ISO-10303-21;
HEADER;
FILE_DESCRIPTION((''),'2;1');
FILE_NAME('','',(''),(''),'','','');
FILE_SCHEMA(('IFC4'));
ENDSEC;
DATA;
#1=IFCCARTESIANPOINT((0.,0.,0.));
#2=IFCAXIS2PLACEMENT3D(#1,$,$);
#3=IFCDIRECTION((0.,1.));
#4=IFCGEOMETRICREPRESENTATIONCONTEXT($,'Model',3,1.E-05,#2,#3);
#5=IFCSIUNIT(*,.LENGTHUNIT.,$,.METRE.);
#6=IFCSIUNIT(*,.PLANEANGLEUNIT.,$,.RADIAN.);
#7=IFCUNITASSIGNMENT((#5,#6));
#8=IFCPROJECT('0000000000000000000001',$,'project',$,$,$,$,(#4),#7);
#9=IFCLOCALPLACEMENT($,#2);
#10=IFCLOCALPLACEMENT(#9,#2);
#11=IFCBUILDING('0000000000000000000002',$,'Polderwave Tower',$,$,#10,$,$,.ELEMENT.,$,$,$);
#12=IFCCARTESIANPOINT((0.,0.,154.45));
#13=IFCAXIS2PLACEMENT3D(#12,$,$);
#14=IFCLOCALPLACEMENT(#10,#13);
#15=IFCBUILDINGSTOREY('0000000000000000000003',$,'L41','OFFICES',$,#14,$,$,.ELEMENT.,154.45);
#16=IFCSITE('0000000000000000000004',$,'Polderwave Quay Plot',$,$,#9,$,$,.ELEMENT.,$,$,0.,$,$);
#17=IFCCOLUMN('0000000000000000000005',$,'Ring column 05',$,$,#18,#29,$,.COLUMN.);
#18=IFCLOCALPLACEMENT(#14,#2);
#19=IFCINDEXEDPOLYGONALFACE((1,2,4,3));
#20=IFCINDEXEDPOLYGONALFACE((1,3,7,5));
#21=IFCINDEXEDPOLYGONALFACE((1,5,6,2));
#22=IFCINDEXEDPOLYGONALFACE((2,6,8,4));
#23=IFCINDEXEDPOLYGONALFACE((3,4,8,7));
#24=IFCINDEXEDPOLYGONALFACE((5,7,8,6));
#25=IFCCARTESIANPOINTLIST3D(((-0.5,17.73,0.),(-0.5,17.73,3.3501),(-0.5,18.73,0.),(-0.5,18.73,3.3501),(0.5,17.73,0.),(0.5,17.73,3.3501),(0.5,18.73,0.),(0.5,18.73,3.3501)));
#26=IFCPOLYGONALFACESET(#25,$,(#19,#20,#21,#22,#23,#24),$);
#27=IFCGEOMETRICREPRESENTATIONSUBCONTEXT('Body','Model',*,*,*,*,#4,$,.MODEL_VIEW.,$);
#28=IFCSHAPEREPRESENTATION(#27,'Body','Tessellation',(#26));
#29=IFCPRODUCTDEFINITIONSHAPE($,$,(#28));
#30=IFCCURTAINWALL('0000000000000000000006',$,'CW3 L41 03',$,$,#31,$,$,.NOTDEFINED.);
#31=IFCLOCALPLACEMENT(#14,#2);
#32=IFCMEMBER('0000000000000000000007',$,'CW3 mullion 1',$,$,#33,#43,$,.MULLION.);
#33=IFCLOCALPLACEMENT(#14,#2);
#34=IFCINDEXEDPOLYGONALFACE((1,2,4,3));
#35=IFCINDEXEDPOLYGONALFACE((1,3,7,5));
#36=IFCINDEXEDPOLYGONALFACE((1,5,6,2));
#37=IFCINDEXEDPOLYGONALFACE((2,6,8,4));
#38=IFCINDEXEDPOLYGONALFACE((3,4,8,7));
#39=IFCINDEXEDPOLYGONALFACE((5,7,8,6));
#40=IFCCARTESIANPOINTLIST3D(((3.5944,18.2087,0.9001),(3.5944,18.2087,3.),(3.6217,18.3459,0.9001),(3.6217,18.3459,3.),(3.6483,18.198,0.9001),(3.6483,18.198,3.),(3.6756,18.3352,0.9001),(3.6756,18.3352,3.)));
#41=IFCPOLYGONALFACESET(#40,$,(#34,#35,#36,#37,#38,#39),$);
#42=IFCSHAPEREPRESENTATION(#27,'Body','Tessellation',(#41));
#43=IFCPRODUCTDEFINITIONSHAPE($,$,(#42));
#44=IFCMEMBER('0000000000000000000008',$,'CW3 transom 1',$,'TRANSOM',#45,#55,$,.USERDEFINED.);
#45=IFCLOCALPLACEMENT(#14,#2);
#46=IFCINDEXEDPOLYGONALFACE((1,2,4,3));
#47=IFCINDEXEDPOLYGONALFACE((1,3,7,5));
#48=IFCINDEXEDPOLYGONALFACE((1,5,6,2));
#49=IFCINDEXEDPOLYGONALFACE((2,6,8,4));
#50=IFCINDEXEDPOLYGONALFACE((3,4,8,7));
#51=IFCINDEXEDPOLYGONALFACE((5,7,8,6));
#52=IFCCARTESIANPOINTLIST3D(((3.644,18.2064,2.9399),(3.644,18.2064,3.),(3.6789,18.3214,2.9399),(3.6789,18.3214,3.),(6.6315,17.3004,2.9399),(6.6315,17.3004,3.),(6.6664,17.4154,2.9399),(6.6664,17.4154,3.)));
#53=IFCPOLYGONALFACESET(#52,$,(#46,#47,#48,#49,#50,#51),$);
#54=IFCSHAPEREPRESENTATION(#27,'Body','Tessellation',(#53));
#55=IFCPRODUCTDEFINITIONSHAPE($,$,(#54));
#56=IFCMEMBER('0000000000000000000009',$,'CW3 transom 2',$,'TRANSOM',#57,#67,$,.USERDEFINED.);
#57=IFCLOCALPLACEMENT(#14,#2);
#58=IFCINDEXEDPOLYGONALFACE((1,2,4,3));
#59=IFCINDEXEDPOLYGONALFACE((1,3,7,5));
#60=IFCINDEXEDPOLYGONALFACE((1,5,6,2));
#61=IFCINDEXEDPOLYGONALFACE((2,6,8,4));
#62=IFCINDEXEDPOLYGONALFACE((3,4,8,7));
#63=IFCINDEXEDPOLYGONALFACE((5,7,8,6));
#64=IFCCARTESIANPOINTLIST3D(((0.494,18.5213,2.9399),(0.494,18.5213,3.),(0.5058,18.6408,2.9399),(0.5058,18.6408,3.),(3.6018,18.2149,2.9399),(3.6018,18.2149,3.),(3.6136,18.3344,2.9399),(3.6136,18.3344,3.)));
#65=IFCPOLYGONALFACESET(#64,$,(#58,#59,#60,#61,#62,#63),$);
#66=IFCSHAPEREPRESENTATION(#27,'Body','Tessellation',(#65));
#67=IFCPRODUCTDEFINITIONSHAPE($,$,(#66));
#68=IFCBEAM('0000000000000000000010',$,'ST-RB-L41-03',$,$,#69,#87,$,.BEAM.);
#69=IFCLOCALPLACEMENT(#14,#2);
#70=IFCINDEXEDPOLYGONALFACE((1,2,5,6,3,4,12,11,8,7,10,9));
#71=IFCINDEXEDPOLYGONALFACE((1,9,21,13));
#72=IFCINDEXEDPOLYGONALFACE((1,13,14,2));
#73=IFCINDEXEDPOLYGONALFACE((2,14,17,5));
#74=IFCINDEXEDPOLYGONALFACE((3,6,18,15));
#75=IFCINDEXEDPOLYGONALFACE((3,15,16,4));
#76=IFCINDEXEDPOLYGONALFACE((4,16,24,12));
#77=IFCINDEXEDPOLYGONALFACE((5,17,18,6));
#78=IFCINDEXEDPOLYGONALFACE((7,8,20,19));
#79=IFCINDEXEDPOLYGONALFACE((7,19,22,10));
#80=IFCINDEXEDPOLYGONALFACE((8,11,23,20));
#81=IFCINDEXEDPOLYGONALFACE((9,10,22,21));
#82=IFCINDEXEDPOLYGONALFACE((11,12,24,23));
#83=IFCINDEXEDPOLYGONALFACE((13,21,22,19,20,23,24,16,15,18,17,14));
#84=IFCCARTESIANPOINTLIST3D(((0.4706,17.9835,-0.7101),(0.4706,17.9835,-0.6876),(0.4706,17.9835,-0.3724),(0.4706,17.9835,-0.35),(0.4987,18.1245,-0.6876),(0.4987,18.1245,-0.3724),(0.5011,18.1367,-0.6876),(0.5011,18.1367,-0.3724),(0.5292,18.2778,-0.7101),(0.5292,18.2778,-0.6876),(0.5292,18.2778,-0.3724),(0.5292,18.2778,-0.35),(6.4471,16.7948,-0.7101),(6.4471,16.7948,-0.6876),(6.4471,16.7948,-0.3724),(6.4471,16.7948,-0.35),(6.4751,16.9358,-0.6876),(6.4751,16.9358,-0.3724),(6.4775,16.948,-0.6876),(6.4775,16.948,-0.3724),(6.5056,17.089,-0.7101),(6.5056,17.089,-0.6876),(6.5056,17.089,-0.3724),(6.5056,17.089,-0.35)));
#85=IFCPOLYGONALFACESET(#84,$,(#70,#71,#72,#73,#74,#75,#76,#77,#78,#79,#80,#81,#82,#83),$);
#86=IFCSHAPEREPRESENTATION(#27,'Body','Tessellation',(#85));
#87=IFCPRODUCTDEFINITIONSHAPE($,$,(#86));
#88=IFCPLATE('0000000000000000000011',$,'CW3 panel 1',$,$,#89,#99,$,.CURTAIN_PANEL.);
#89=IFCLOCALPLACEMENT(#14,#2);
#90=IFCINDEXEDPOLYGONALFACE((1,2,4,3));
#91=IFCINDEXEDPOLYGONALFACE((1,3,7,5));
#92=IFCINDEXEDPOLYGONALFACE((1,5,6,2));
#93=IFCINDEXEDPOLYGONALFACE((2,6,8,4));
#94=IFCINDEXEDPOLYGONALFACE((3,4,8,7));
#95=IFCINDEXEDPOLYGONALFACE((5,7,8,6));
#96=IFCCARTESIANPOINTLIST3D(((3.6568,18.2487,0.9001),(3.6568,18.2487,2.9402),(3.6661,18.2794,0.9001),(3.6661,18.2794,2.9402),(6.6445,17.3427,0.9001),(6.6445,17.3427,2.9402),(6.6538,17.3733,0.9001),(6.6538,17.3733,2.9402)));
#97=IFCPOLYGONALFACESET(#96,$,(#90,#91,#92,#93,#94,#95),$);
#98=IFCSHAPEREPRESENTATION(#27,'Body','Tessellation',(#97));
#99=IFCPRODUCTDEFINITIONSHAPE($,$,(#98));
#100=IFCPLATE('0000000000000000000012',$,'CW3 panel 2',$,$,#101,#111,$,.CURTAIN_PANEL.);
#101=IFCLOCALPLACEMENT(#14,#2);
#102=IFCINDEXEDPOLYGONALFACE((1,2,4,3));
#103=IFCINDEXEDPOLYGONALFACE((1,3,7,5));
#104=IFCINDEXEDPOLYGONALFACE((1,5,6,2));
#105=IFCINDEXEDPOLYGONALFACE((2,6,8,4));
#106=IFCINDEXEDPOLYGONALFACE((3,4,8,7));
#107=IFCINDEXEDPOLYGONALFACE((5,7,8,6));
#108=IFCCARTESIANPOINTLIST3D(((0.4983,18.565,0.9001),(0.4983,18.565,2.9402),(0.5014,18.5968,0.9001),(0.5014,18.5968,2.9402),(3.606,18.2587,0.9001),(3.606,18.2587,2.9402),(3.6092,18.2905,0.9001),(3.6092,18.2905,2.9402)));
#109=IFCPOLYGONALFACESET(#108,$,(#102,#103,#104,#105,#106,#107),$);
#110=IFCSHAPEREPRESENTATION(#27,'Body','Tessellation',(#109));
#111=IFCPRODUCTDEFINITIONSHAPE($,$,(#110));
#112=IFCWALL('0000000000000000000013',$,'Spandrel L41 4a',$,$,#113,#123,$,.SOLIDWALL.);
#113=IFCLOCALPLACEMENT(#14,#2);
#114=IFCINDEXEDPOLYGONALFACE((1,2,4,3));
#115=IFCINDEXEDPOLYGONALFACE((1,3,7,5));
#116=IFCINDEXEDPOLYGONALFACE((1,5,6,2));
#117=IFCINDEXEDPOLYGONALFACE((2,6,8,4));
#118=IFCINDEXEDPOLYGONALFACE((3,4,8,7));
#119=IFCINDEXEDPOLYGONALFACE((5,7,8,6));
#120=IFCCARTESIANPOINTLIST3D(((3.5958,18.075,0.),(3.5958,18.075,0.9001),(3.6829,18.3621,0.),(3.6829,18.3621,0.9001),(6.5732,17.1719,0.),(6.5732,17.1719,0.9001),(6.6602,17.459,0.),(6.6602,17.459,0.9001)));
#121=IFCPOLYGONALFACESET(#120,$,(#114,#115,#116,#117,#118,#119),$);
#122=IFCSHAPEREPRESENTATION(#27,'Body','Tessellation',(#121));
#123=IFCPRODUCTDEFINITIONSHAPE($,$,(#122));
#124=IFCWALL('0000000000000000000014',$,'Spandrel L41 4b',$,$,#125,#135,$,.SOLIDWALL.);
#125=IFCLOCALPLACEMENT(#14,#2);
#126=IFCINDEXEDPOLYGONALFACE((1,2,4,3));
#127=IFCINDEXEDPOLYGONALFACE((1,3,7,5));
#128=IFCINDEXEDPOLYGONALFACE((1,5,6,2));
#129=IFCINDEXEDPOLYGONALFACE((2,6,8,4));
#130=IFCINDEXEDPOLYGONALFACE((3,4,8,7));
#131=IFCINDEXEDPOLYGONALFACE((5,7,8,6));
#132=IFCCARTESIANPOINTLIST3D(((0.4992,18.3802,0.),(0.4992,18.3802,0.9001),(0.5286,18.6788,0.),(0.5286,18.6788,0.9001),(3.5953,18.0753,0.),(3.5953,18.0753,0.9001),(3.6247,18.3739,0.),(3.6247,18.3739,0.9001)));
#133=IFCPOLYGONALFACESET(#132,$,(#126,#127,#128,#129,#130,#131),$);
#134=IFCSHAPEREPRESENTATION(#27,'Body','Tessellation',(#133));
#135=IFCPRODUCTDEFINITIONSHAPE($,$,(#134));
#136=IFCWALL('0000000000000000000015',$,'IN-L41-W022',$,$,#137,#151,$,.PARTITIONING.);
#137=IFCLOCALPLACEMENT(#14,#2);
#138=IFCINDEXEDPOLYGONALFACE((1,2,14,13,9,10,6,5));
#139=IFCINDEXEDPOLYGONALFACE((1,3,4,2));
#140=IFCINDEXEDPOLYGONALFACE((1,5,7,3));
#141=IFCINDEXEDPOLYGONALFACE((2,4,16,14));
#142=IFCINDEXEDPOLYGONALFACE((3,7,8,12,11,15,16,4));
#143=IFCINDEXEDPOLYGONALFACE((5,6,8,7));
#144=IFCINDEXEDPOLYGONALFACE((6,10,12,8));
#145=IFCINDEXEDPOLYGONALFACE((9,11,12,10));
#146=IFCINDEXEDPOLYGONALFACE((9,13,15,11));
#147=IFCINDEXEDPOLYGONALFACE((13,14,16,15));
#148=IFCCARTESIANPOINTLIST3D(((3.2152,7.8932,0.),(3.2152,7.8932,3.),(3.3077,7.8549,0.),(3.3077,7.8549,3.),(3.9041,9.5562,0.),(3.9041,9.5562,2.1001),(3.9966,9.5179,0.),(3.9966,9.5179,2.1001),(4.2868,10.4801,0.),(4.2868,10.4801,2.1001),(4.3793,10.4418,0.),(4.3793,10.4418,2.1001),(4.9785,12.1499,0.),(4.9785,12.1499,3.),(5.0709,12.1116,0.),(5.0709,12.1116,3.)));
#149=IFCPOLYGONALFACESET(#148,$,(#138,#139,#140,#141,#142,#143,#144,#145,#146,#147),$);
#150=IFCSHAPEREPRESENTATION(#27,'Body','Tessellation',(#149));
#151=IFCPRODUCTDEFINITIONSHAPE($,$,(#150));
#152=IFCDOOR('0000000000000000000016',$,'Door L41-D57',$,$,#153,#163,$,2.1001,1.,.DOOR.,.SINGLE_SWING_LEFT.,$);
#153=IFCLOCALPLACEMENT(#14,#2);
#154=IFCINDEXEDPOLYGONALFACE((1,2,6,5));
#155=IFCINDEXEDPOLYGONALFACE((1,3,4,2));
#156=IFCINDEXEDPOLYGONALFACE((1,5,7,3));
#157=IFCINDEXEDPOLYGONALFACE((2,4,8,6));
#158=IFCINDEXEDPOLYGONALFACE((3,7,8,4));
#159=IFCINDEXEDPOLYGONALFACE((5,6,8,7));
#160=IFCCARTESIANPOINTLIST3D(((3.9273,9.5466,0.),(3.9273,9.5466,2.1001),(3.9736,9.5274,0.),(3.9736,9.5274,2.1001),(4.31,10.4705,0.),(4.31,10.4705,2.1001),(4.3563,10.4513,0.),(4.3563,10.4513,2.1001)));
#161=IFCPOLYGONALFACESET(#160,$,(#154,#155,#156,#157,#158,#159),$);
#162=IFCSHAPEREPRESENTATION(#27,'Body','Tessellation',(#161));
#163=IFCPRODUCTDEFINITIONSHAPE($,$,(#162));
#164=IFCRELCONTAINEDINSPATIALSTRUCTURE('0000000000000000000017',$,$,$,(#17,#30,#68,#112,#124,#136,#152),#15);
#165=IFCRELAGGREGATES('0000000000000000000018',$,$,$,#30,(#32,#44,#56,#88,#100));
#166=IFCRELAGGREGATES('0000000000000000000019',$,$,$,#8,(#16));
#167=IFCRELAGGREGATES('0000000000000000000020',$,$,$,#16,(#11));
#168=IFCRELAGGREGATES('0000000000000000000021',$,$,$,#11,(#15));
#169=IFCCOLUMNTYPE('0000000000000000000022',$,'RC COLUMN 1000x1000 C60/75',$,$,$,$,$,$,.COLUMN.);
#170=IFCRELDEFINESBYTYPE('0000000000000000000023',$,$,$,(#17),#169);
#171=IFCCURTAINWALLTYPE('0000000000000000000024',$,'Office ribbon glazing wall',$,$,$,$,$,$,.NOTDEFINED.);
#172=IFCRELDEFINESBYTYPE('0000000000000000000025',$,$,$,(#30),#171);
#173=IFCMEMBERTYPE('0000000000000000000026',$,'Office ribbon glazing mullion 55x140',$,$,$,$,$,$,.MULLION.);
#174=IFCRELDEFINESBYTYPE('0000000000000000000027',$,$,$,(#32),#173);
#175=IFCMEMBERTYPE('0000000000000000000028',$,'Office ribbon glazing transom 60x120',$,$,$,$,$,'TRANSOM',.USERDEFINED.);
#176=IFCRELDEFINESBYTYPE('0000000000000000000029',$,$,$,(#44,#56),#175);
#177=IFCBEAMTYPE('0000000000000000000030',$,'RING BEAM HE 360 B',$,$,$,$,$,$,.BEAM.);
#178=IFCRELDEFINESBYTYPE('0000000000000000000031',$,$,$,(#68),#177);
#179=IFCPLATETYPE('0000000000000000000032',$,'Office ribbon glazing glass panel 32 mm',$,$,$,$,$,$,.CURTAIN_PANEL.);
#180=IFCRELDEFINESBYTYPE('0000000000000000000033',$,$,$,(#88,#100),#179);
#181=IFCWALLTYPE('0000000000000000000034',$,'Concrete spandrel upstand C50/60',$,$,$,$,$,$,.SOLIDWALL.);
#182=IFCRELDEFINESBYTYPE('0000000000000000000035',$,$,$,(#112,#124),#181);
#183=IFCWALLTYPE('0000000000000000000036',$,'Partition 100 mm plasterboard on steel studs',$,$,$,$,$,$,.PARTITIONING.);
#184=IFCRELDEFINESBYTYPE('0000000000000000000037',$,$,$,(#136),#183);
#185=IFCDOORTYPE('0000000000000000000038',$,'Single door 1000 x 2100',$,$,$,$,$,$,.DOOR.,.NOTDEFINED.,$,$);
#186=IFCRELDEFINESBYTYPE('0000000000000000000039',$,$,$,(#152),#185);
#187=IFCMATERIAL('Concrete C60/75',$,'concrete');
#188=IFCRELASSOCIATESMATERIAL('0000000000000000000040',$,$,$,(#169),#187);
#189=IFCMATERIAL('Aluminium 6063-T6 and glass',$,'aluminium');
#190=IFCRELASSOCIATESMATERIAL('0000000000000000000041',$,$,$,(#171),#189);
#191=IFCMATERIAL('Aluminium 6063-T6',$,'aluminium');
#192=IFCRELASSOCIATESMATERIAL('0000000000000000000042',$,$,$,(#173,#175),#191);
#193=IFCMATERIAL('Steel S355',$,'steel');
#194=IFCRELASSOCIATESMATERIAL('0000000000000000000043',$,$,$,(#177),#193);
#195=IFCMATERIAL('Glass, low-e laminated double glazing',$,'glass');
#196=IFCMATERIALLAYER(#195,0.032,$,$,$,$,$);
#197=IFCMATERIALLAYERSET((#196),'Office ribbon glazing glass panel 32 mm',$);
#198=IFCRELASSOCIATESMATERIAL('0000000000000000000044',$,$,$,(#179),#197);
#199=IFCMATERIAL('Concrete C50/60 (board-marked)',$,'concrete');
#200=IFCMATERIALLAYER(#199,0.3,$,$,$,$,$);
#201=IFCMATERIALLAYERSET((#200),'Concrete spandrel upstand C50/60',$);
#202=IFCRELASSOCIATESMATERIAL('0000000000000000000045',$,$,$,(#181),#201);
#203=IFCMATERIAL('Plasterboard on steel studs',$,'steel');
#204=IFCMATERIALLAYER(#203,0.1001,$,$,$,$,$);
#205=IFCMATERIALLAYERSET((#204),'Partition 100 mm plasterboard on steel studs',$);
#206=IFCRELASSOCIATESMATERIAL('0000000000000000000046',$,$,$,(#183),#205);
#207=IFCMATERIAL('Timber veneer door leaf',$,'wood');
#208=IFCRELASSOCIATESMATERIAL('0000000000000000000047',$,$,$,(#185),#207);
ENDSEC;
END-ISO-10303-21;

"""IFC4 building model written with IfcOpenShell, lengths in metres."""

from ifc_helpers import new_model, si_unit, direction, frame, frame_2d, origin, origin_2d, place, context, subcontext, project, spatial, rectangle, i_section, extrude, material, layer, layer_set, material_profile, profile_set, type_object, element, fill, aggregate, save


model = new_model("IFC4")

# Units and contexts
model_context = context("Model", 3, precision=1e-05, world=origin(), true_north=direction((0.0, 1.0)))
body_context = subcontext(model_context, "Body", "Model", "MODEL_VIEW")
ifc_project = project(units=[si_unit("LENGTHUNIT", "METRE"), si_unit("PLANEANGLEUNIT", "RADIAN")], contexts=[model_context])

# Site, building, storey
site_placement = place(None, origin())
site = spatial("IfcSite", under=ifc_project, at=site_placement, Name="Polderwave Quay Plot", CompositionType="ELEMENT", RefElevation=0.0)
building_placement = place(site_placement, origin())
building = spatial("IfcBuilding", under=site, at=building_placement, Name="Polderwave Tower", CompositionType="ELEMENT")
storey_placement = place(building_placement, frame((0.0, 0.0, 154.45)))
storey = spatial("IfcBuildingStorey", under=building, at=storey_placement, Name="L41", Description="OFFICES", CompositionType="ELEMENT", Elevation=154.45)

# Column
ifc_material_1 = material(Name="Concrete C60/75", Category="concrete")
ifc_material_profile_1 = material_profile(ifc_material_1, rectangle(XDim=1.0, YDim=1.0, at=origin_2d()), Name="RC 1000x1000")
ifc_profile_set_1 = profile_set([ifc_material_profile_1], Name="Concrete C60/75")
column_type = type_object("IfcColumnType", Name="RC COLUMN 1000x1000 C60/75", PredefinedType="COLUMN", material=ifc_profile_set_1)
column_placement = place(storey_placement, frame((0.0, 18.23, 0.0), z_axis=(0.0, 0.0, 1.0), x_axis=(0.0, 1.0, 0.0)))
element("IfcColumn", 1, at=column_placement, inside=storey, type_object=column_type, Name="Ring column 05", PredefinedType="COLUMN", context=body_context, shape_type="SweptSolid", body=[
    extrude(rectangle(XDim=1.0, YDim=1.0, at=origin_2d()), origin(), (0.0, 0.0, 1.0), 3.3501),
])

# Curtain wall, members
ifc_material_2 = material(Name="Aluminium 6063-T6 and glass", Category="aluminium")
curtain_wall_type = type_object("IfcCurtainWallType", Name="Office ribbon glazing wall", PredefinedType="NOTDEFINED", material=ifc_material_2)
curtain_wall_placement = place(storey_placement, origin())
curtain_wall = element("IfcCurtainWall", 2, at=curtain_wall_placement, inside=storey, type_object=curtain_wall_type, Name="CW3 L41 03", PredefinedType="NOTDEFINED")
ifc_material_3 = material(Name="Aluminium 6063-T6", Category="aluminium")
ifc_material_profile_2 = material_profile(ifc_material_3, rectangle(XDim=0.1399, YDim=0.0549, at=origin_2d()), Name="AL 55x140")
ifc_profile_set_2 = profile_set([ifc_material_profile_2], Name="Aluminium 6063-T6")
member_type_1 = type_object("IfcMemberType", Name="Office ribbon glazing mullion 55x140", PredefinedType="MULLION", material=ifc_profile_set_2)
member_1_placement = place(storey_placement, frame((3.635, 18.272, 0.9001), z_axis=(0.0, 0.0, 1.0), x_axis=(-0.195083, -0.980787, 0.0)))
member_1 = element("IfcMember", 3, at=member_1_placement, type_object=member_type_1, Name="CW3 mullion 1", PredefinedType="MULLION", context=body_context, shape_type="SweptSolid", body=[
    extrude(rectangle(XDim=0.1399, YDim=0.0549, at=origin_2d()), origin(), (0.0, 0.0, 1.0), 2.0999),
])
ifc_material_profile_3 = material_profile(ifc_material_3, rectangle(XDim=0.1201, YDim=0.0601, at=origin_2d()), Name="AL 60x120")
ifc_profile_set_3 = profile_set([ifc_material_profile_3], Name="Aluminium 6063-T6")
member_type_2 = type_object("IfcMemberType", Name="Office ribbon glazing transom 60x120", ElementType="TRANSOM", PredefinedType="USERDEFINED", material=ifc_profile_set_3)
member_2_placement = place(storey_placement, frame((6.6489, 17.3579, 2.97), z_axis=(-0.956963, 0.290209, 0.0), x_axis=(-0.290209, -0.956963, 0.0)))
member_2 = element("IfcMember", 4, at=member_2_placement, type_object=member_type_2, Name="CW3 transom 1", ObjectType="TRANSOM", PredefinedType="USERDEFINED", context=body_context, shape_type="SweptSolid", body=[
    extrude(rectangle(XDim=0.1201, YDim=0.0601, at=origin_2d()), origin(), (0.0, 0.0, 1.0), 3.1218),
])
member_3_placement = place(storey_placement, frame((3.6077, 18.2747, 2.97), z_axis=(-0.995175, 0.098118, 0.0), x_axis=(-0.098118, -0.995175, 0.0)))
member_3 = element("IfcMember", 5, at=member_3_placement, type_object=member_type_2, Name="CW3 transom 2", ObjectType="TRANSOM", PredefinedType="USERDEFINED", context=body_context, shape_type="SweptSolid", body=[
    extrude(rectangle(XDim=0.1201, YDim=0.0601, at=origin_2d()), origin(), (0.0, 0.0, 1.0), 3.1228),
])

# Beam
ifc_material_4 = material(Name="Steel S355", Category="steel")
ifc_material_profile_4 = material_profile(ifc_material_4, i_section(OverallWidth=0.3, OverallDepth=0.3601, WebThickness=0.0125, FlangeThickness=0.0225, at=origin_2d()), Name="HE 360 B")
ifc_profile_set_4 = profile_set([ifc_material_profile_4], Name="Steel S355")
beam_type = type_object("IfcBeamType", Name="RING BEAM HE 360 B", PredefinedType="BEAM", material=ifc_profile_set_4)
beam_placement = place(storey_placement, frame((6.4763, 16.9419, -0.53), z_axis=(-0.980787, 0.195084, 0.0), x_axis=(-0.195084, -0.980787, 0.0)))
element("IfcBeam", 6, at=beam_placement, inside=storey, type_object=beam_type, Name="ST-RB-L41-03", PredefinedType="BEAM", context=body_context, shape_type="SweptSolid", body=[
    extrude(i_section(OverallWidth=0.3, OverallDepth=0.3601, WebThickness=0.0125, FlangeThickness=0.0225, at=origin_2d()), origin(), (0.0, 0.0, 1.0), 6.0935),
])

# Plates
ifc_material_5 = material(Name="Glass, low-e laminated double glazing", Category="glass")
ifc_layer_1 = layer(ifc_material_5, 0.032)
ifc_layer_set_1 = layer_set([ifc_layer_1], Name="Office ribbon glazing glass panel 32 mm")
plate_type = type_object("IfcPlateType", Name="Office ribbon glazing glass panel 32 mm", PredefinedType="CURTAIN_PANEL", material=ifc_layer_set_1)
plate_1_placement = place(storey_placement, frame((5.1553, 17.811, 0.9001), z_axis=(0.0, 0.0, 1.0), x_axis=(-0.956966, 0.290201, 0.0)))
plate_1 = element("IfcPlate", 7, at=plate_1_placement, type_object=plate_type, Name="CW3 panel 1", PredefinedType="CURTAIN_PANEL", context=body_context, shape_type="SweptSolid", body=[
    extrude(rectangle(XDim=3.1221, YDim=0.032, at=origin_2d()), origin(), (0.0, 0.0, 1.0), 2.04),
])
plate_2_placement = place(storey_placement, frame((2.0537, 18.4277, 0.9001), z_axis=(0.0, 0.0, 1.0), x_axis=(-0.995178, 0.09809, 0.0)))
plate_2 = element("IfcPlate", 8, at=plate_2_placement, type_object=plate_type, Name="CW3 panel 2", PredefinedType="CURTAIN_PANEL", context=body_context, shape_type="SweptSolid", body=[
    extrude(rectangle(XDim=3.1228, YDim=0.032, at=origin_2d()), origin(), (0.0, 0.0, 1.0), 2.04),
])
aggregate(curtain_wall, [member_1, member_2, member_3, plate_1, plate_2])

# Walls
ifc_material_6 = material(Name="Concrete C50/60 (board-marked)", Category="concrete")
ifc_layer_2 = layer(ifc_material_6, 0.3)
ifc_layer_set_2 = layer_set([ifc_layer_2], Name="Concrete spandrel upstand C50/60")
wall_type_1 = type_object("IfcWallType", Name="Concrete spandrel upstand C50/60", PredefinedType="SOLIDWALL", material=ifc_layer_set_2)
wall_1_placement = place(storey_placement, frame((6.6167, 17.3154, 0.0), z_axis=(0.0, 0.0, 1.0), x_axis=(-0.956947, 0.290262, 0.0)))
element("IfcWall", 9, at=wall_1_placement, inside=storey, type_object=wall_type_1, Name="Spandrel L41 4a", PredefinedType="SOLIDWALL", context=body_context, shape_type="SweptSolid", body=[
    extrude(rectangle(XDim=3.1113, YDim=0.3, at=frame_2d((1.5557, 0.0))), origin(), (0.0, 0.0, 1.0), 0.9001),
])
wall_2_placement = place(storey_placement, frame((3.6101, 18.2246, 0.0), z_axis=(0.0, 0.0, 1.0), x_axis=(-0.995185, 0.098012, 0.0)))
element("IfcWall", 10, at=wall_2_placement, inside=storey, type_object=wall_type_1, Name="Spandrel L41 4b", PredefinedType="SOLIDWALL", context=body_context, shape_type="SweptSolid", body=[
    extrude(rectangle(XDim=3.1111, YDim=0.3, at=frame_2d((1.5557, 0.0))), origin(), (0.0, 0.0, 1.0), 0.9001),
])

# Wall, opening, door
ifc_material_7 = material(Name="Plasterboard on steel studs", Category="steel")
ifc_layer_3 = layer(ifc_material_7, 0.1001)
ifc_layer_set_3 = layer_set([ifc_layer_3], Name="Partition 100 mm plasterboard on steel studs")
wall_type_2 = type_object("IfcWallType", Name="Partition 100 mm plasterboard on steel studs", PredefinedType="PARTITIONING", material=ifc_layer_set_3)
wall_3_placement = place(storey_placement, frame((3.2615, 7.874, 0.0), z_axis=(0.0, 0.0, 1.0), x_axis=(0.382692, 0.923876, 0.0)))
wall_3 = element("IfcWall", 11, at=wall_3_placement, inside=storey, type_object=wall_type_2, Name="IN-L41-W022", PredefinedType="PARTITIONING", context=body_context, shape_type="SweptSolid", body=[
    extrude(rectangle(XDim=4.6074, YDim=0.1001, at=frame_2d((2.3037, 0.0))), origin(), (0.0, 0.0, 1.0), 3.0),
])
opening_1_placement = place(wall_3_placement, frame((1.8, 0.0, 0.0)))
opening_1 = element("IfcOpeningElement", 12, at=opening_1_placement, cuts=wall_3, PredefinedType="OPENING", context=body_context, shape_type="SweptSolid", body=[
    extrude(rectangle(XDim=1.0, YDim=2.1001, at=frame_2d((0.5, 1.05))), frame((0.0, 0.0601, 0.0), z_axis=(0.0, -1.0, 0.0), x_axis=(1.0, 0.0, 0.0)), (0.0, 0.0, 1.0), 0.1201),
])
ifc_material_8 = material(Name="Timber veneer door leaf", Category="wood")
door_type = type_object("IfcDoorType", Name="Single door 1000 x 2100", OperationType="NOTDEFINED", PredefinedType="DOOR", material=ifc_material_8)
door_1_placement = place(opening_1_placement, origin())
door_1 = element("IfcDoor", 13, at=door_1_placement, inside=storey, type_object=door_type, Name="Door L41-D57", OperationType="SINGLE_SWING_LEFT", OverallHeight=2.1001, OverallWidth=1.0, PredefinedType="DOOR", context=body_context, shape_type="SweptSolid", body=[
    extrude(rectangle(XDim=1.0, YDim=2.1001, at=frame_2d((0.5, 1.05))), frame((0.0, 0.0249, 0.0), z_axis=(0.0, -1.0, 0.0), x_axis=(1.0, 0.0, 0.0)), (0.0, 0.0, 1.0), 0.05),
])
fill(opening_1, door_1)

save(model, "model.ifc")
